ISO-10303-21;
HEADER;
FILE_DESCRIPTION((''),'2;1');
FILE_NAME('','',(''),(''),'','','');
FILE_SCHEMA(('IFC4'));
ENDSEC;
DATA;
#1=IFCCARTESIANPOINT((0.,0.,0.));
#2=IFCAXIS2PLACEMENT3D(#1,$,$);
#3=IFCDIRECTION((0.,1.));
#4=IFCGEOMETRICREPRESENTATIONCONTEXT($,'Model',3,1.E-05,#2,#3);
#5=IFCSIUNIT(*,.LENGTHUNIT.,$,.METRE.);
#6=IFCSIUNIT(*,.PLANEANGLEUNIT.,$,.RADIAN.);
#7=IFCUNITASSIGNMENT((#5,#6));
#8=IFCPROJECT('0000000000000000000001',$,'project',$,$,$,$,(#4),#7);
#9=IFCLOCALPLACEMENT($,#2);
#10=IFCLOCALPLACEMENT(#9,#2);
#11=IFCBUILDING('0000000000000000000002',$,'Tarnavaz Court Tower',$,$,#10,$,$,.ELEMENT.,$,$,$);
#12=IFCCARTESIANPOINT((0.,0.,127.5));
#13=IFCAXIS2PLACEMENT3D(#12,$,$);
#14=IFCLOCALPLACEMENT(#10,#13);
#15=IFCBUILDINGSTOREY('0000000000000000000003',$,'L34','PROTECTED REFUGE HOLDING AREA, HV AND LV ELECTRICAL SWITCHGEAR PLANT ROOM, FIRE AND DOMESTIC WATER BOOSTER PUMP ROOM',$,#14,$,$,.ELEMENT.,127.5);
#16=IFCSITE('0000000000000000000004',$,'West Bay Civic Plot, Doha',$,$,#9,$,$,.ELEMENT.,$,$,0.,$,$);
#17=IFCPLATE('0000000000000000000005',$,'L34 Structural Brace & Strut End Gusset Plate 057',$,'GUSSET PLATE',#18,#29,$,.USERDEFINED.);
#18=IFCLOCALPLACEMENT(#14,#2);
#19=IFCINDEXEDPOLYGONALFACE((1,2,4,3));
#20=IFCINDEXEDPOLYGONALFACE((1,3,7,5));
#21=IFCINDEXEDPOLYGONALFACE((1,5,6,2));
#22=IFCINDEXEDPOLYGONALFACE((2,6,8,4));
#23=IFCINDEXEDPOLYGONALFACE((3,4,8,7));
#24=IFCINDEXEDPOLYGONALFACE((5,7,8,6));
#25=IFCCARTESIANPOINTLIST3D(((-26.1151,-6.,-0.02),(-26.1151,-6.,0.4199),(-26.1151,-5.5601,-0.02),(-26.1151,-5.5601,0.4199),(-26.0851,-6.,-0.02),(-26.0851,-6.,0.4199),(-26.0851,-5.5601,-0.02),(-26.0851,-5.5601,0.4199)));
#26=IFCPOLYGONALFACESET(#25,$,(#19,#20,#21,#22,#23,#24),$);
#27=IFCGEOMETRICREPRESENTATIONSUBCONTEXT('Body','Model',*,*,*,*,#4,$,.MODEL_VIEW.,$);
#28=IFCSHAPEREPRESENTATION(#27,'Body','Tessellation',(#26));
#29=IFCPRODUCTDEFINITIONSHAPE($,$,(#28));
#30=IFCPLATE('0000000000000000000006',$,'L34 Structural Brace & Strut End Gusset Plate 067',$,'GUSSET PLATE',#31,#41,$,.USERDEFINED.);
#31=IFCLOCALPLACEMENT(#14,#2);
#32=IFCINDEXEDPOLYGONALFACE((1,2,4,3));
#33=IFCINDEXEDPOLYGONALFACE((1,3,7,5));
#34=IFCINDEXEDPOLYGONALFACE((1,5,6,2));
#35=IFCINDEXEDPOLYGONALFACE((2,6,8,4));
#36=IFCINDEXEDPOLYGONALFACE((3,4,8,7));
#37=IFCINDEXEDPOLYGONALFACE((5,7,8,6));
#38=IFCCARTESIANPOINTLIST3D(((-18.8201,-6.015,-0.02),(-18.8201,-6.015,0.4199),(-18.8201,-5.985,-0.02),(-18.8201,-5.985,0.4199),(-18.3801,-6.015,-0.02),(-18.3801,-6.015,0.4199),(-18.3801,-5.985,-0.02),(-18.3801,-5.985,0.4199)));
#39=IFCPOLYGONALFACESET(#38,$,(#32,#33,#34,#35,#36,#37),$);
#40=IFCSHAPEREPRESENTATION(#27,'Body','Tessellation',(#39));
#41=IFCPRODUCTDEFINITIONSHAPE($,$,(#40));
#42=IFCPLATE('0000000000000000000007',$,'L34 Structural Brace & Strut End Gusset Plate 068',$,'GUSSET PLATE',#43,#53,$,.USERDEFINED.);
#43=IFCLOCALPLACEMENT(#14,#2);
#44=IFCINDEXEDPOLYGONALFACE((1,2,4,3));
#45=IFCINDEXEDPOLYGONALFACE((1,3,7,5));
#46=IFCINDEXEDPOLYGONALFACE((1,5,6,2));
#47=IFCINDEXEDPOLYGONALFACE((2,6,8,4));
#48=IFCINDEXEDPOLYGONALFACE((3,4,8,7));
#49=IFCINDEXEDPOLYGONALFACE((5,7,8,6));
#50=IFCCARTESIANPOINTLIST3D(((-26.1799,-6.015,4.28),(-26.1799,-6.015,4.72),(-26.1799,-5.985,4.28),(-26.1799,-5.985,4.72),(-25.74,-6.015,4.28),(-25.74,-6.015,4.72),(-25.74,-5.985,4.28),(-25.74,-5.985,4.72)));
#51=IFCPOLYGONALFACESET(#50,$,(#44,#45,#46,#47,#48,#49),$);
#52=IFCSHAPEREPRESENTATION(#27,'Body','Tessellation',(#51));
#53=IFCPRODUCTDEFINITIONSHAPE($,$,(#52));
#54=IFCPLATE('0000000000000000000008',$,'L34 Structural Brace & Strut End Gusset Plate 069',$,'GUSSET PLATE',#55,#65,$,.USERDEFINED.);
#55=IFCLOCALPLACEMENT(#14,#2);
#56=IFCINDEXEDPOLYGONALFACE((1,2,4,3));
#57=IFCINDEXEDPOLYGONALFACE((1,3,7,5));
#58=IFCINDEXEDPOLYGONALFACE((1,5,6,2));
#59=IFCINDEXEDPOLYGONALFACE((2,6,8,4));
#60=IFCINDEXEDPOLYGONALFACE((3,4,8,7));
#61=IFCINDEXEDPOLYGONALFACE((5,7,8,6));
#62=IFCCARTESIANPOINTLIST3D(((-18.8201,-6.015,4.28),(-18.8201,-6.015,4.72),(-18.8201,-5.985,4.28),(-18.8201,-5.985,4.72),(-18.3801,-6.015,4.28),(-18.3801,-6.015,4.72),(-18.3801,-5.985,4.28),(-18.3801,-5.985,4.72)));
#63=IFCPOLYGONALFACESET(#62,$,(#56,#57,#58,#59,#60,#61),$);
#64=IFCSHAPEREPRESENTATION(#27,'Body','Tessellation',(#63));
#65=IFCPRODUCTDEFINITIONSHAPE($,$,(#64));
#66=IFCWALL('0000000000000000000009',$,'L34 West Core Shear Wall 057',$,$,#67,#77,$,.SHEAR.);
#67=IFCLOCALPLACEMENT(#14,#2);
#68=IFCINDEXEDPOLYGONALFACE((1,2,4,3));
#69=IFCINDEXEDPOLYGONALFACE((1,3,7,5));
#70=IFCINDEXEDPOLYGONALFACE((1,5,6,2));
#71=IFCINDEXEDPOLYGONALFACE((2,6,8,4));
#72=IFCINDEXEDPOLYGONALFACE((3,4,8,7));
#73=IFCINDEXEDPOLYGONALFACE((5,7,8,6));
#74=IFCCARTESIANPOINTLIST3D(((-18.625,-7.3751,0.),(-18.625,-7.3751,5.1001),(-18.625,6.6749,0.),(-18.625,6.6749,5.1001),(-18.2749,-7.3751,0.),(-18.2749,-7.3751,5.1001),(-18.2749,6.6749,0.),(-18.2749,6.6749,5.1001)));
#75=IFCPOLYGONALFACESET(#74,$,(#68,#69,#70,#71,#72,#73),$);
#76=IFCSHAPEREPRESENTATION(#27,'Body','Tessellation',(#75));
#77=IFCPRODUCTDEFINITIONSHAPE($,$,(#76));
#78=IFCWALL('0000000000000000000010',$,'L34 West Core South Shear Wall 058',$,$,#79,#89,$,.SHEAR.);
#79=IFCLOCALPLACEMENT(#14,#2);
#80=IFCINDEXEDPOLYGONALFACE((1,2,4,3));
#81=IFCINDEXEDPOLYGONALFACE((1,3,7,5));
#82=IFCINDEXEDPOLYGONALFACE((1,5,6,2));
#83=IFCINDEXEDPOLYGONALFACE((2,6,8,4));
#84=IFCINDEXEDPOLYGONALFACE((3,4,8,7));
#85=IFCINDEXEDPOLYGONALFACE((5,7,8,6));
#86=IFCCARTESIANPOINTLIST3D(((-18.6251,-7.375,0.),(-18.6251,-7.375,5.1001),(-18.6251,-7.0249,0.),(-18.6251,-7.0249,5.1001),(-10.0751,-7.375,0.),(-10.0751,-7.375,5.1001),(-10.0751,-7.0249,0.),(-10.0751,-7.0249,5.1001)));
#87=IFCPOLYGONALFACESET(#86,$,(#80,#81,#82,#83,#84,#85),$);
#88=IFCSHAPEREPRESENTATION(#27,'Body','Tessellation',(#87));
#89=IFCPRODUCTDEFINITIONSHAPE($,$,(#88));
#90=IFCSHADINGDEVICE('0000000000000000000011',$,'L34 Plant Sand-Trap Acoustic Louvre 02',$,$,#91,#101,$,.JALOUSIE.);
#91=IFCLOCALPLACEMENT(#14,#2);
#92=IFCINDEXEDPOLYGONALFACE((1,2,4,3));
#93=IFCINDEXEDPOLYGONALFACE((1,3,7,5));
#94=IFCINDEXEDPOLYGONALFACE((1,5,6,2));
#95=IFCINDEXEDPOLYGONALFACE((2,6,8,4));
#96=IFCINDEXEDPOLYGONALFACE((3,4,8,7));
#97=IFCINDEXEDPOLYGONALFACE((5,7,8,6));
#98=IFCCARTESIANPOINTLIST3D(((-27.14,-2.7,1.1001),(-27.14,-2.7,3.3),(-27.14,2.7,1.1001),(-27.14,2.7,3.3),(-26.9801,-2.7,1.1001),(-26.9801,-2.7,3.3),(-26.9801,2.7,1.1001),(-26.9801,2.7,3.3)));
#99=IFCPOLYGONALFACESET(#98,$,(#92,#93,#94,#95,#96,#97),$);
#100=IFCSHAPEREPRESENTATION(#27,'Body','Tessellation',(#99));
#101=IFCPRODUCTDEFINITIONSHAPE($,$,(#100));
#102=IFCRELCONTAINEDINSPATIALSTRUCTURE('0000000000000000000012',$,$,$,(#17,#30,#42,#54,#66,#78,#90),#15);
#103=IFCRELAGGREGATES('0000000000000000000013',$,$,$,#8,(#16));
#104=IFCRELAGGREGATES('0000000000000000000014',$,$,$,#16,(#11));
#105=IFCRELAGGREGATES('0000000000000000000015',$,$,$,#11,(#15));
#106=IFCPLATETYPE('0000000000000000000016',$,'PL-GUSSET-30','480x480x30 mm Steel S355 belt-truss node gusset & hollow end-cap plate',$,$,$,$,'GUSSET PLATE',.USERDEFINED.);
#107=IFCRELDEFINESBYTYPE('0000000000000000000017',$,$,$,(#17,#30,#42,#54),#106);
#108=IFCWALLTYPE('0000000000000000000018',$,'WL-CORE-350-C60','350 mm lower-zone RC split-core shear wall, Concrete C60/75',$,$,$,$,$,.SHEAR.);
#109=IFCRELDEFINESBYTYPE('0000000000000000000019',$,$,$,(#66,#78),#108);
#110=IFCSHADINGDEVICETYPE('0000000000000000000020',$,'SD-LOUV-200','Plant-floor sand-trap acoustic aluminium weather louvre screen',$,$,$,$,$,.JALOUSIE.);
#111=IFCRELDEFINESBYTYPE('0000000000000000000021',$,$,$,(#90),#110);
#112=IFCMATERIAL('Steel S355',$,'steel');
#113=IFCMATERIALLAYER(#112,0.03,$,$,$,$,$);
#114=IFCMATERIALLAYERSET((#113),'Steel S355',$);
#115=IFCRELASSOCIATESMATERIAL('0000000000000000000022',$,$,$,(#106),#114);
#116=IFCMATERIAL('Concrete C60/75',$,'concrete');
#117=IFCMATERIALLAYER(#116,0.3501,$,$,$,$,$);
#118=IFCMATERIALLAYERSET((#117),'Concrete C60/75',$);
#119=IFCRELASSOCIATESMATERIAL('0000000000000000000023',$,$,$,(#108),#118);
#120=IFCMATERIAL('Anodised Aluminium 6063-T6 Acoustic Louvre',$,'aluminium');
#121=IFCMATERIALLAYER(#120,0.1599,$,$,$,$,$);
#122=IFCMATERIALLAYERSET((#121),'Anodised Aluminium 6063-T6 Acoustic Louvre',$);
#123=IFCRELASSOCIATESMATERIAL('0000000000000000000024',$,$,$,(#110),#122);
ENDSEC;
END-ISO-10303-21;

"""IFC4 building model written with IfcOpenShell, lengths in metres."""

from ifc_helpers import new_model, si_unit, direction, frame, frame_2d, origin, origin_2d, place, context, subcontext, project, spatial, rectangle, extrude, material, layer, layer_set, type_object, element, save


model = new_model("IFC4")

# Units and contexts
model_context = context("Model", 3, precision=1e-05, world=origin(), true_north=direction((0.0, 1.0)))
body_context = subcontext(model_context, "Body", "Model", "MODEL_VIEW")
ifc_project = project(units=[si_unit("LENGTHUNIT", "METRE"), si_unit("PLANEANGLEUNIT", "RADIAN")], contexts=[model_context])

# Site, building, storey
site_placement = place(None, origin())
site = spatial("IfcSite", under=ifc_project, at=site_placement, Name="West Bay Civic Plot, Doha", CompositionType="ELEMENT", RefElevation=0.0)
building_placement = place(site_placement, origin())
building = spatial("IfcBuilding", under=site, at=building_placement, Name="Tarnavaz Court Tower", CompositionType="ELEMENT")
storey_placement = place(building_placement, frame((0.0, 0.0, 127.5)))
storey = spatial("IfcBuildingStorey", under=building, at=storey_placement, Name="L34", Description="PROTECTED REFUGE HOLDING AREA, HV AND LV ELECTRICAL SWITCHGEAR PLANT ROOM, FIRE AND DOMESTIC WATER BOOSTER PUMP ROOM", CompositionType="ELEMENT", Elevation=127.5)

# Shared definitions
ifc_material_1 = material(Name="Concrete C60/75", Category="concrete")

# Plates
ifc_material_2 = material(Name="Steel S355", Category="steel")
ifc_layer_1 = layer(ifc_material_2, 0.03)
ifc_layer_set_1 = layer_set([ifc_layer_1], Name="Steel S355")
plate_type = type_object("IfcPlateType", Name="PL-GUSSET-30", Description="480x480x30 mm Steel S355 belt-truss node gusset & hollow end-cap plate", ElementType="GUSSET PLATE", PredefinedType="USERDEFINED", material=ifc_layer_set_1)
for number, where, z_axis, x_axis, name in (
    (1, (-26.1001, -5.78, -0.02), (0.0, 0.0, 1.0), (0.0, 1.0, 0.0), "L34 Structural Brace & Strut End Gusset Plate 057"),
    (2, (-18.6001, -6.0, -0.02), (0.0, 0.0, 1.0), (1.0, 0.0, 0.0), "L34 Structural Brace & Strut End Gusset Plate 067"),
    (3, (-25.96, -6.0, 4.28), (0.0, 0.0, 1.0), (1.0, 0.0, 0.0), "L34 Structural Brace & Strut End Gusset Plate 068"),
    (4, (-18.6001, -6.0, 4.28), (0.0, 0.0, 1.0), (1.0, 0.0, 0.0), "L34 Structural Brace & Strut End Gusset Plate 069"),
):
    element("IfcPlate", number, at=place(storey_placement, frame(where, z_axis=z_axis, x_axis=x_axis)), inside=storey, type_object=plate_type, Name=name, ObjectType="GUSSET PLATE", PredefinedType="USERDEFINED", context=body_context, shape_type="SweptSolid", body=[
        extrude(rectangle(XDim=0.4399, YDim=0.03, at=origin_2d()), origin(), (0.0, 0.0, 1.0), 0.4399),
    ])

# Walls
ifc_layer_2 = layer(ifc_material_1, 0.3501)
ifc_layer_set_2 = layer_set([ifc_layer_2], Name="Concrete C60/75")
wall_type = type_object("IfcWallType", Name="WL-CORE-350-C60", Description="350 mm lower-zone RC split-core shear wall, Concrete C60/75", PredefinedType="SHEAR", material=ifc_layer_set_2)
wall_1_placement = place(storey_placement, frame((-18.45, -7.375, 0.0), z_axis=(0.0, 0.0, 1.0), x_axis=(0.0, 1.0, 0.0)))
element("IfcWall", 5, at=wall_1_placement, inside=storey, type_object=wall_type, Name="L34 West Core Shear Wall 057", PredefinedType="SHEAR", context=body_context, shape_type="SweptSolid", body=[
    extrude(rectangle(XDim=14.05, YDim=0.3501, at=frame_2d((7.0249, 0.0))), origin(), (0.0, 0.0, 1.0), 5.1001),
])
wall_2_placement = place(storey_placement, frame((-18.625, -7.2, 0.0), z_axis=(0.0, 0.0, 1.0), x_axis=(1.0, 0.0, 0.0)))
element("IfcWall", 6, at=wall_2_placement, inside=storey, type_object=wall_type, Name="L34 West Core South Shear Wall 058", PredefinedType="SHEAR", context=body_context, shape_type="SweptSolid", body=[
    extrude(rectangle(XDim=8.55, YDim=0.3501, at=frame_2d((4.2749, 0.0))), origin(), (0.0, 0.0, 1.0), 5.1001),
])

# Shading device
ifc_material_3 = material(Name="Anodised Aluminium 6063-T6 Acoustic Louvre", Category="aluminium")
ifc_layer_3 = layer(ifc_material_3, 0.1599)
ifc_layer_set_3 = layer_set([ifc_layer_3], Name="Anodised Aluminium 6063-T6 Acoustic Louvre")
shading_device_type = type_object("IfcShadingDeviceType", Name="SD-LOUV-200", Description="Plant-floor sand-trap acoustic aluminium weather louvre screen", PredefinedType="JALOUSIE", material=ifc_layer_set_3)
shading_device_placement = place(storey_placement, frame((-27.0601, 0.0, 1.1001), z_axis=(0.0, 0.0, 1.0), x_axis=(0.0, 1.0, 0.0)))
element("IfcShadingDevice", 7, at=shading_device_placement, inside=storey, type_object=shading_device_type, Name="L34 Plant Sand-Trap Acoustic Louvre 02", PredefinedType="JALOUSIE", context=body_context, shape_type="SweptSolid", body=[
    extrude(rectangle(XDim=5.3999, YDim=0.1599, at=origin_2d()), origin(), (0.0, 0.0, 1.0), 2.2),
])

save(model, "model.ifc")
